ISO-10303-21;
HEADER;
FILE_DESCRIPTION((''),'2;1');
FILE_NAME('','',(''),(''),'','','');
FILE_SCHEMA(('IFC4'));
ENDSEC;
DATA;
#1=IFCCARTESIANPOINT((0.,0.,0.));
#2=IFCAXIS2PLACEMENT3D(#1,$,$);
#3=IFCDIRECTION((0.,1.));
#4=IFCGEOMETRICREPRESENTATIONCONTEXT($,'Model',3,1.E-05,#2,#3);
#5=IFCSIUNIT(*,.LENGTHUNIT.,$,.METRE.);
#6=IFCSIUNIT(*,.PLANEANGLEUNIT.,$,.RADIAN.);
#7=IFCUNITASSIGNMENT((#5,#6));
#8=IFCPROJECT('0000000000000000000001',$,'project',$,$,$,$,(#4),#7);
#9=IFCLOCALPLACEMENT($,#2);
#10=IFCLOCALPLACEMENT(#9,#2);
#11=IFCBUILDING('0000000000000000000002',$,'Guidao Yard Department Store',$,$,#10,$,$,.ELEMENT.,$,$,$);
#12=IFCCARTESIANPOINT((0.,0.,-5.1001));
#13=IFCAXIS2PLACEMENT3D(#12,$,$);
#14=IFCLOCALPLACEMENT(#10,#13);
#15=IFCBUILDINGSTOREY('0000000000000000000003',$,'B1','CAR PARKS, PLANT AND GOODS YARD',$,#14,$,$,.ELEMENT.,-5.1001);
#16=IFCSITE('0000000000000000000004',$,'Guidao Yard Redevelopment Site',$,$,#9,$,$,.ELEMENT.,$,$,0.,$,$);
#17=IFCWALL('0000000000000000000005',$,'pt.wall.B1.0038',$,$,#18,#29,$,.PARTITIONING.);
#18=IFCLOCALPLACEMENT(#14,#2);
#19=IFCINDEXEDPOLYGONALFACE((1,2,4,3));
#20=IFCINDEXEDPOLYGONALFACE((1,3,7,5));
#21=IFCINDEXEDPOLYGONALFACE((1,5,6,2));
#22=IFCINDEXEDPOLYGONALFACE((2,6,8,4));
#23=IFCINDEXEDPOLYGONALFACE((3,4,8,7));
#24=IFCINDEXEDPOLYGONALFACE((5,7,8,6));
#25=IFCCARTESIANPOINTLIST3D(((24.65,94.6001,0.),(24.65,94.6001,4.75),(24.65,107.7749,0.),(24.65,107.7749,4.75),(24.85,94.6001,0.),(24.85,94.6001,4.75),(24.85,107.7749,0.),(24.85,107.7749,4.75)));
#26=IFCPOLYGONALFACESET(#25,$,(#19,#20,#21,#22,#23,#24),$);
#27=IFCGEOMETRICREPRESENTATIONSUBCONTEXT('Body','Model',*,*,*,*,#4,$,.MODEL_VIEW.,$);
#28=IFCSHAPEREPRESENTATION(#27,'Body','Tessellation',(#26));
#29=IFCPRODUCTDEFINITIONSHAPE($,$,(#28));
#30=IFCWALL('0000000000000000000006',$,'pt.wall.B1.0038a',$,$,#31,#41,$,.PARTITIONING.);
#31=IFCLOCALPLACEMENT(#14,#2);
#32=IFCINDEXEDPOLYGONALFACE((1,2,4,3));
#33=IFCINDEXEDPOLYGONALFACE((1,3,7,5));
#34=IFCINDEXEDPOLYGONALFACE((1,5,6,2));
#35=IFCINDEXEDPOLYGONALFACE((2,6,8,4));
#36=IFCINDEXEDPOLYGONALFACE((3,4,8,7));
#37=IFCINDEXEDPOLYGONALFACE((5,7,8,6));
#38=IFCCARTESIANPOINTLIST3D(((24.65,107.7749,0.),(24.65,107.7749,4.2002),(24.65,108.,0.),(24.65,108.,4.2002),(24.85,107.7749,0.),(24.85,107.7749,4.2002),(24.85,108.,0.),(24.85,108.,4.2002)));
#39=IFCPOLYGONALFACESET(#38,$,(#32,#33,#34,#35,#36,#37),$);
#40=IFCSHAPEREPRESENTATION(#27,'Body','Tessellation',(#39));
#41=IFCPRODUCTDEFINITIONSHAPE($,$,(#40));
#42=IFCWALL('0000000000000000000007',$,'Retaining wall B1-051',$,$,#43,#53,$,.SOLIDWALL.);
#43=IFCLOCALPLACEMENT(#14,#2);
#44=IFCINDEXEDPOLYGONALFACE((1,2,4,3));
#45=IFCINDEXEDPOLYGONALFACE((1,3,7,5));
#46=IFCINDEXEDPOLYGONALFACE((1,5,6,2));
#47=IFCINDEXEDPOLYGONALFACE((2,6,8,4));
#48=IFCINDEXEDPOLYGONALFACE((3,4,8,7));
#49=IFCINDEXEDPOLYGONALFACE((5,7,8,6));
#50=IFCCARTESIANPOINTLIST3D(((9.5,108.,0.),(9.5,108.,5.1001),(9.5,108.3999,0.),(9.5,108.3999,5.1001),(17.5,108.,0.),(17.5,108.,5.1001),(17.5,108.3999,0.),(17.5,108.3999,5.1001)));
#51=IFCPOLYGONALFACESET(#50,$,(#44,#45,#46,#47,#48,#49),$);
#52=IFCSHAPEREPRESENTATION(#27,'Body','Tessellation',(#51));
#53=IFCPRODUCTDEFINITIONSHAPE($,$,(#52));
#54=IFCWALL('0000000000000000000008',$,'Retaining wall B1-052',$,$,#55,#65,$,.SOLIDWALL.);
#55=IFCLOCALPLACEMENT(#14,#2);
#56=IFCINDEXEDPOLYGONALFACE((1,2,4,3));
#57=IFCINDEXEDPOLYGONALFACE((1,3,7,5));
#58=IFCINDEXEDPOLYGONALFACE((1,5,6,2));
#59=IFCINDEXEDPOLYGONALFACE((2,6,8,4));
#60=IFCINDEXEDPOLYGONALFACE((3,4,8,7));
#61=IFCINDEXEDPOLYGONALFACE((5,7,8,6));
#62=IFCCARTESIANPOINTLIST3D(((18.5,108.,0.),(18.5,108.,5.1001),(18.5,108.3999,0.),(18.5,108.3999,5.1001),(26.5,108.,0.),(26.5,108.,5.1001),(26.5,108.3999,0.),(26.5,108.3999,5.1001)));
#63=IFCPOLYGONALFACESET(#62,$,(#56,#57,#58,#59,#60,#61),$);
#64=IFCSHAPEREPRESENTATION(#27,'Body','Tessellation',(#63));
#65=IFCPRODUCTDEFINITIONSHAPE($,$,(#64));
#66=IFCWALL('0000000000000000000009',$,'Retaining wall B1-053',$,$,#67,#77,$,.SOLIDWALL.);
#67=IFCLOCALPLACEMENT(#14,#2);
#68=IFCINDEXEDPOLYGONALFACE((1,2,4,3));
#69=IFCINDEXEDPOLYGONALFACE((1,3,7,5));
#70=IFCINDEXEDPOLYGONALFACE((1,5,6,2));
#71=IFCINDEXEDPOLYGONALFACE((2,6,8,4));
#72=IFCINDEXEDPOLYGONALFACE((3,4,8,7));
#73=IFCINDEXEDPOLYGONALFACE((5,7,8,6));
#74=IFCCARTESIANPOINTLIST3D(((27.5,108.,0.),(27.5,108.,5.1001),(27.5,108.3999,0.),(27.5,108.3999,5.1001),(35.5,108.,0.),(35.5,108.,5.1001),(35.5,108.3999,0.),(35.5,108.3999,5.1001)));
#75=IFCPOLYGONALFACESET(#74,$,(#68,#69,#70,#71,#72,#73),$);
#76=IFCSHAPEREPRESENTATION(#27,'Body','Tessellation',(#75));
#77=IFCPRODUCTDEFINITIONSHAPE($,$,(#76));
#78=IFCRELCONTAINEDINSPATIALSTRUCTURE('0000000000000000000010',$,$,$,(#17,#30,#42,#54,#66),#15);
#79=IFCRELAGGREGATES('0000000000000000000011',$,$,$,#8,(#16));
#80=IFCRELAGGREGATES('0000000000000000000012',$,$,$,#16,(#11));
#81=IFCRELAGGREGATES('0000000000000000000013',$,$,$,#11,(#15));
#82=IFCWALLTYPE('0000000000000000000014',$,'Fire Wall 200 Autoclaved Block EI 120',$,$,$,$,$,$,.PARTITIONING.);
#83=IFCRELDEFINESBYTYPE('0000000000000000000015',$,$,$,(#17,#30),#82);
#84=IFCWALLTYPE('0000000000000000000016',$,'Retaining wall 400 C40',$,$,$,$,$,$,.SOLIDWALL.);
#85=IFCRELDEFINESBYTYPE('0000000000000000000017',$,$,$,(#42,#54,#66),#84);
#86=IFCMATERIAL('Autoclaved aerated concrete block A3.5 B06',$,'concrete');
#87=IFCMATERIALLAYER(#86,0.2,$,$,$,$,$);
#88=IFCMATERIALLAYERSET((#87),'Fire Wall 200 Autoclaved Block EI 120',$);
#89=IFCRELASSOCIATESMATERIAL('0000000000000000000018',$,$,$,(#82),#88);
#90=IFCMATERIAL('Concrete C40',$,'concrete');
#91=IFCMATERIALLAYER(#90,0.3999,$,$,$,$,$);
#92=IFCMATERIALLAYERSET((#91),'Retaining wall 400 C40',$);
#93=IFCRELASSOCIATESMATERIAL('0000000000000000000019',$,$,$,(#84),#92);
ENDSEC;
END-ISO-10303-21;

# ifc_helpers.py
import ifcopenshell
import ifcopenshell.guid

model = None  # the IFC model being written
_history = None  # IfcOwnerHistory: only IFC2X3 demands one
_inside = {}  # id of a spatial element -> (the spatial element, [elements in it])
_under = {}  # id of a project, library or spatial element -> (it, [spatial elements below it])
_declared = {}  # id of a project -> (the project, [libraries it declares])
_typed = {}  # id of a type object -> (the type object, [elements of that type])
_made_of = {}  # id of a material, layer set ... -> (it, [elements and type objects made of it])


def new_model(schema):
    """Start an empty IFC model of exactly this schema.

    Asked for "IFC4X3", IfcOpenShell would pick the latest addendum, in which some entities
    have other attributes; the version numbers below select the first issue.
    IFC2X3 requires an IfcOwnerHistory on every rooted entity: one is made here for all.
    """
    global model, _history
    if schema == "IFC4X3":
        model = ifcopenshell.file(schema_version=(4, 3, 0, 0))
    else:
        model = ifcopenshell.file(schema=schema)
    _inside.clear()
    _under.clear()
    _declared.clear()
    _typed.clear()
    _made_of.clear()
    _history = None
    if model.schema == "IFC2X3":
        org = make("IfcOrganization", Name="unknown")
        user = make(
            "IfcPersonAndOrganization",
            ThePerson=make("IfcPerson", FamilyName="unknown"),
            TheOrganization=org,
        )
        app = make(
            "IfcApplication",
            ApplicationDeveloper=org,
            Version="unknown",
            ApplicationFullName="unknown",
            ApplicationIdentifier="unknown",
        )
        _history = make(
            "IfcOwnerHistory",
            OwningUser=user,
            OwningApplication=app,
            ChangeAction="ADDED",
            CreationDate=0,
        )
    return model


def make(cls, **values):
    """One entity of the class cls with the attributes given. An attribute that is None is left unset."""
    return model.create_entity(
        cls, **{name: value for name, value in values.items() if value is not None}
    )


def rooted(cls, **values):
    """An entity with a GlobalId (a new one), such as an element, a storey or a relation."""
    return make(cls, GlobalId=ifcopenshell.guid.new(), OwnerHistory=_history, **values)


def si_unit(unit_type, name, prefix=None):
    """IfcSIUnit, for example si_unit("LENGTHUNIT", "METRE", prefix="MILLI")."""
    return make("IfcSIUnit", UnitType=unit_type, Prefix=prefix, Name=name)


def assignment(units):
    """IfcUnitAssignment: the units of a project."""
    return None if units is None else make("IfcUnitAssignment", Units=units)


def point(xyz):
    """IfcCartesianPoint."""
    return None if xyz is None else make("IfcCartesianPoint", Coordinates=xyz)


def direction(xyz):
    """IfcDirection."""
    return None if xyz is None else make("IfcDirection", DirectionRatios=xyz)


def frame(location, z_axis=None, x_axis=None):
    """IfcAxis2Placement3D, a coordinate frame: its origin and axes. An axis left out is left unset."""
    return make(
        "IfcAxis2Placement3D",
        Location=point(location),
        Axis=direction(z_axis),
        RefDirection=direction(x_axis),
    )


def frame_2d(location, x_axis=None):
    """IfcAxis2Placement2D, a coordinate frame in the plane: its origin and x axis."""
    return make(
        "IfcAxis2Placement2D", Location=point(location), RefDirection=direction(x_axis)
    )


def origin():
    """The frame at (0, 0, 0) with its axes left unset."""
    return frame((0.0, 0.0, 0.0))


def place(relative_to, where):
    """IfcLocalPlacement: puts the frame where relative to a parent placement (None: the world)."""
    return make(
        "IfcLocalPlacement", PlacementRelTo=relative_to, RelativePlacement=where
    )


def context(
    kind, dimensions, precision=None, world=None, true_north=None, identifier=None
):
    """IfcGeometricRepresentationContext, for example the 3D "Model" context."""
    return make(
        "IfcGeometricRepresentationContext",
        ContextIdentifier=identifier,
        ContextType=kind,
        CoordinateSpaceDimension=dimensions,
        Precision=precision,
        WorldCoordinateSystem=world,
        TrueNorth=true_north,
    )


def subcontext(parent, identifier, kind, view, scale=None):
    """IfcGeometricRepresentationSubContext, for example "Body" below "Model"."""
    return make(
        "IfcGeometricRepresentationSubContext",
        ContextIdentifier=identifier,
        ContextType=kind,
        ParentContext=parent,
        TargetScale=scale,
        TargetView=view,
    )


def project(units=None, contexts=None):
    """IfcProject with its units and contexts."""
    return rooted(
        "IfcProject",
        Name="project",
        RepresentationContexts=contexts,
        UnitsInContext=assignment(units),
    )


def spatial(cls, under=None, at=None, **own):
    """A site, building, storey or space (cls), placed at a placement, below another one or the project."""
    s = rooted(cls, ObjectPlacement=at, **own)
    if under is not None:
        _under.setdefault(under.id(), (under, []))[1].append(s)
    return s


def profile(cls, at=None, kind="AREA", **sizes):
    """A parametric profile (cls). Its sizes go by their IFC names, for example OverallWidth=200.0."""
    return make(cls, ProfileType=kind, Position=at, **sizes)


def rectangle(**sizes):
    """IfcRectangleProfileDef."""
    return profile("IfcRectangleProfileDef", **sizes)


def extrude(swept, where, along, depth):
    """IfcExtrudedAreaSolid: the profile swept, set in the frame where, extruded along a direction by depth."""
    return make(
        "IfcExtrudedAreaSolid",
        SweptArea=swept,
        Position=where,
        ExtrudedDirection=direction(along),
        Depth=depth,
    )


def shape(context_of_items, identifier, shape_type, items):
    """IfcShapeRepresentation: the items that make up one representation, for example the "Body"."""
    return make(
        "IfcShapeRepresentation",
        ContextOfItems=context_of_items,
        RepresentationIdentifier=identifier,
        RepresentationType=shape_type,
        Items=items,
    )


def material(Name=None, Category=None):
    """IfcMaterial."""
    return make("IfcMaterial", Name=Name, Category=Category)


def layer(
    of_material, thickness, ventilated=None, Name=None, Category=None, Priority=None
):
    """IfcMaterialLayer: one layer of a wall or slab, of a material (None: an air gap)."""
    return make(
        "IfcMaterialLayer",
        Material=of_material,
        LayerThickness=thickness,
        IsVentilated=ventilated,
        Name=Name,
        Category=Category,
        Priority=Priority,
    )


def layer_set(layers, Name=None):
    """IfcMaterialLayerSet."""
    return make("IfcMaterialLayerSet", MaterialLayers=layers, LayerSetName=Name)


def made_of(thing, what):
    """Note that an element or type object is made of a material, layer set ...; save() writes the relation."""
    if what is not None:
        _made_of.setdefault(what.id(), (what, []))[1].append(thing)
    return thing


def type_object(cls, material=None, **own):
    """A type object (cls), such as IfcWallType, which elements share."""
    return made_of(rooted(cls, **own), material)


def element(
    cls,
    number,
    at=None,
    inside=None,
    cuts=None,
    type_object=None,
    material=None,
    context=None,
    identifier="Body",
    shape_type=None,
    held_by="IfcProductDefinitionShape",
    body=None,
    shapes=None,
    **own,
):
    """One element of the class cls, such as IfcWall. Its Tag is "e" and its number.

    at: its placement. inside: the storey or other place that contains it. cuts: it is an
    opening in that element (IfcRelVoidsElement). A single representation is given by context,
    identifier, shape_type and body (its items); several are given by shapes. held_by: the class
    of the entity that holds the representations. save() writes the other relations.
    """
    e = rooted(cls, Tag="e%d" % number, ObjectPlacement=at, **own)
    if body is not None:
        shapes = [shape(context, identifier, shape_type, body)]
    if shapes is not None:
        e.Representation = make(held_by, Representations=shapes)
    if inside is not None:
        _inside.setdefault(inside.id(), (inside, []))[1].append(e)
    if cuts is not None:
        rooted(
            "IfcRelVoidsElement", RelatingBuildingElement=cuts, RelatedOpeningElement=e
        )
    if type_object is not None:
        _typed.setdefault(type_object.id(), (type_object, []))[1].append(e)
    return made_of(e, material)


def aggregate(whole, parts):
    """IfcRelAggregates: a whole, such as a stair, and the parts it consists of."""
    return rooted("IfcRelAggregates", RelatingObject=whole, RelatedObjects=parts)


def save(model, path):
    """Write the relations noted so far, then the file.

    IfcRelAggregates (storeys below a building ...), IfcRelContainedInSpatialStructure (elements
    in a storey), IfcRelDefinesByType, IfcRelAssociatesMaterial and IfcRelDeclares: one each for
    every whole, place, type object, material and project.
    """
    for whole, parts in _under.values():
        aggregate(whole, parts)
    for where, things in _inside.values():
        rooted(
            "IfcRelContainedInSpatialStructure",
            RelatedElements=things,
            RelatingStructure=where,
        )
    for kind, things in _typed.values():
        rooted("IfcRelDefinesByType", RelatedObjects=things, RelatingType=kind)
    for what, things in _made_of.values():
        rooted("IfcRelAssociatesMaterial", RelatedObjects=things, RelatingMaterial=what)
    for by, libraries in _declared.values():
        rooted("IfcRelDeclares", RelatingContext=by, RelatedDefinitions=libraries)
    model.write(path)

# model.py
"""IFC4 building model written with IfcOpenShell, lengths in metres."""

from ifc_helpers import new_model, si_unit, direction, frame, frame_2d, origin, place, context, subcontext, project, spatial, rectangle, extrude, material, layer, layer_set, type_object, element, save


model = new_model("IFC4")

# Units and contexts
model_context = context("Model", 3, precision=1e-05, world=origin(), true_north=direction((0.0, 1.0)))
body_context = subcontext(model_context, "Body", "Model", "MODEL_VIEW")
ifc_project = project(units=[si_unit("LENGTHUNIT", "METRE"), si_unit("PLANEANGLEUNIT", "RADIAN")], contexts=[model_context])

# Site, building, storey
site_placement = place(None, origin())
site = spatial("IfcSite", under=ifc_project, at=site_placement, Name="Guidao Yard Redevelopment Site", CompositionType="ELEMENT", RefElevation=0.0)
building_placement = place(site_placement, origin())
building = spatial("IfcBuilding", under=site, at=building_placement, Name="Guidao Yard Department Store", CompositionType="ELEMENT")
storey_placement = place(building_placement, frame((0.0, 0.0, -5.1001)))
storey = spatial("IfcBuildingStorey", under=building, at=storey_placement, Name="B1", Description="CAR PARKS, PLANT AND GOODS YARD", CompositionType="ELEMENT", Elevation=-5.1001)

# Shared definitions
ifc_material_1 = material(Name="Autoclaved aerated concrete block A3.5 B06", Category="concrete")
ifc_layer_1 = layer(ifc_material_1, 0.2)
ifc_layer_set_1 = layer_set([ifc_layer_1], Name="Fire Wall 200 Autoclaved Block EI 120")
wall_type_1 = type_object("IfcWallType", Name="Fire Wall 200 Autoclaved Block EI 120", PredefinedType="PARTITIONING", material=ifc_layer_set_1)

# Walls
wall_1_placement = place(storey_placement, frame((24.75, 94.6001, 0.0), z_axis=(0.0, 0.0, 1.0), x_axis=(0.0, 1.0, 0.0)))
element("IfcWall", 1, at=wall_1_placement, inside=storey, type_object=wall_type_1, Name="pt.wall.B1.0038", PredefinedType="PARTITIONING", context=body_context, shape_type="SweptSolid", body=[
    extrude(rectangle(XDim=13.1748, YDim=0.2, at=frame_2d((6.5874, 0.0))), origin(), (0.0, 0.0, 1.0), 4.75),
])
wall_2_placement = place(storey_placement, frame((24.75, 107.7749, 0.0), z_axis=(0.0, 0.0, 1.0), x_axis=(0.0, 1.0, 0.0)))
element("IfcWall", 2, at=wall_2_placement, inside=storey, type_object=wall_type_1, Name="pt.wall.B1.0038a", PredefinedType="PARTITIONING", context=body_context, shape_type="SweptSolid", body=[
    extrude(rectangle(XDim=0.2251, YDim=0.2, at=frame_2d((0.1125, 0.0))), origin(), (0.0, 0.0, 1.0), 4.2002),
])
ifc_material_2 = material(Name="Concrete C40", Category="concrete")
ifc_layer_2 = layer(ifc_material_2, 0.3999)
ifc_layer_set_2 = layer_set([ifc_layer_2], Name="Retaining wall 400 C40")
wall_type_2 = type_object("IfcWallType", Name="Retaining wall 400 C40", PredefinedType="SOLIDWALL", material=ifc_layer_set_2)
for number, where, z_axis, x_axis, name in (
    (3, (9.5, 108.2, 0.0), (0.0, 0.0, 1.0), (1.0, 0.0, 0.0), "Retaining wall B1-051"),
    (4, (18.5, 108.2, 0.0), (0.0, 0.0, 1.0), (1.0, 0.0, 0.0), "Retaining wall B1-052"),
    (5, (27.5, 108.2, 0.0), (0.0, 0.0, 1.0), (1.0, 0.0, 0.0), "Retaining wall B1-053"),
):
    element("IfcWall", number, at=place(storey_placement, frame(where, z_axis=z_axis, x_axis=x_axis)), inside=storey, type_object=wall_type_2, Name=name, PredefinedType="SOLIDWALL", context=body_context, shape_type="SweptSolid", body=[
        extrude(rectangle(XDim=8.0, YDim=0.3999, at=frame_2d((4.0, 0.0))), origin(), (0.0, 0.0, 1.0), 5.1001),
    ])

save(model, "model.ifc")
